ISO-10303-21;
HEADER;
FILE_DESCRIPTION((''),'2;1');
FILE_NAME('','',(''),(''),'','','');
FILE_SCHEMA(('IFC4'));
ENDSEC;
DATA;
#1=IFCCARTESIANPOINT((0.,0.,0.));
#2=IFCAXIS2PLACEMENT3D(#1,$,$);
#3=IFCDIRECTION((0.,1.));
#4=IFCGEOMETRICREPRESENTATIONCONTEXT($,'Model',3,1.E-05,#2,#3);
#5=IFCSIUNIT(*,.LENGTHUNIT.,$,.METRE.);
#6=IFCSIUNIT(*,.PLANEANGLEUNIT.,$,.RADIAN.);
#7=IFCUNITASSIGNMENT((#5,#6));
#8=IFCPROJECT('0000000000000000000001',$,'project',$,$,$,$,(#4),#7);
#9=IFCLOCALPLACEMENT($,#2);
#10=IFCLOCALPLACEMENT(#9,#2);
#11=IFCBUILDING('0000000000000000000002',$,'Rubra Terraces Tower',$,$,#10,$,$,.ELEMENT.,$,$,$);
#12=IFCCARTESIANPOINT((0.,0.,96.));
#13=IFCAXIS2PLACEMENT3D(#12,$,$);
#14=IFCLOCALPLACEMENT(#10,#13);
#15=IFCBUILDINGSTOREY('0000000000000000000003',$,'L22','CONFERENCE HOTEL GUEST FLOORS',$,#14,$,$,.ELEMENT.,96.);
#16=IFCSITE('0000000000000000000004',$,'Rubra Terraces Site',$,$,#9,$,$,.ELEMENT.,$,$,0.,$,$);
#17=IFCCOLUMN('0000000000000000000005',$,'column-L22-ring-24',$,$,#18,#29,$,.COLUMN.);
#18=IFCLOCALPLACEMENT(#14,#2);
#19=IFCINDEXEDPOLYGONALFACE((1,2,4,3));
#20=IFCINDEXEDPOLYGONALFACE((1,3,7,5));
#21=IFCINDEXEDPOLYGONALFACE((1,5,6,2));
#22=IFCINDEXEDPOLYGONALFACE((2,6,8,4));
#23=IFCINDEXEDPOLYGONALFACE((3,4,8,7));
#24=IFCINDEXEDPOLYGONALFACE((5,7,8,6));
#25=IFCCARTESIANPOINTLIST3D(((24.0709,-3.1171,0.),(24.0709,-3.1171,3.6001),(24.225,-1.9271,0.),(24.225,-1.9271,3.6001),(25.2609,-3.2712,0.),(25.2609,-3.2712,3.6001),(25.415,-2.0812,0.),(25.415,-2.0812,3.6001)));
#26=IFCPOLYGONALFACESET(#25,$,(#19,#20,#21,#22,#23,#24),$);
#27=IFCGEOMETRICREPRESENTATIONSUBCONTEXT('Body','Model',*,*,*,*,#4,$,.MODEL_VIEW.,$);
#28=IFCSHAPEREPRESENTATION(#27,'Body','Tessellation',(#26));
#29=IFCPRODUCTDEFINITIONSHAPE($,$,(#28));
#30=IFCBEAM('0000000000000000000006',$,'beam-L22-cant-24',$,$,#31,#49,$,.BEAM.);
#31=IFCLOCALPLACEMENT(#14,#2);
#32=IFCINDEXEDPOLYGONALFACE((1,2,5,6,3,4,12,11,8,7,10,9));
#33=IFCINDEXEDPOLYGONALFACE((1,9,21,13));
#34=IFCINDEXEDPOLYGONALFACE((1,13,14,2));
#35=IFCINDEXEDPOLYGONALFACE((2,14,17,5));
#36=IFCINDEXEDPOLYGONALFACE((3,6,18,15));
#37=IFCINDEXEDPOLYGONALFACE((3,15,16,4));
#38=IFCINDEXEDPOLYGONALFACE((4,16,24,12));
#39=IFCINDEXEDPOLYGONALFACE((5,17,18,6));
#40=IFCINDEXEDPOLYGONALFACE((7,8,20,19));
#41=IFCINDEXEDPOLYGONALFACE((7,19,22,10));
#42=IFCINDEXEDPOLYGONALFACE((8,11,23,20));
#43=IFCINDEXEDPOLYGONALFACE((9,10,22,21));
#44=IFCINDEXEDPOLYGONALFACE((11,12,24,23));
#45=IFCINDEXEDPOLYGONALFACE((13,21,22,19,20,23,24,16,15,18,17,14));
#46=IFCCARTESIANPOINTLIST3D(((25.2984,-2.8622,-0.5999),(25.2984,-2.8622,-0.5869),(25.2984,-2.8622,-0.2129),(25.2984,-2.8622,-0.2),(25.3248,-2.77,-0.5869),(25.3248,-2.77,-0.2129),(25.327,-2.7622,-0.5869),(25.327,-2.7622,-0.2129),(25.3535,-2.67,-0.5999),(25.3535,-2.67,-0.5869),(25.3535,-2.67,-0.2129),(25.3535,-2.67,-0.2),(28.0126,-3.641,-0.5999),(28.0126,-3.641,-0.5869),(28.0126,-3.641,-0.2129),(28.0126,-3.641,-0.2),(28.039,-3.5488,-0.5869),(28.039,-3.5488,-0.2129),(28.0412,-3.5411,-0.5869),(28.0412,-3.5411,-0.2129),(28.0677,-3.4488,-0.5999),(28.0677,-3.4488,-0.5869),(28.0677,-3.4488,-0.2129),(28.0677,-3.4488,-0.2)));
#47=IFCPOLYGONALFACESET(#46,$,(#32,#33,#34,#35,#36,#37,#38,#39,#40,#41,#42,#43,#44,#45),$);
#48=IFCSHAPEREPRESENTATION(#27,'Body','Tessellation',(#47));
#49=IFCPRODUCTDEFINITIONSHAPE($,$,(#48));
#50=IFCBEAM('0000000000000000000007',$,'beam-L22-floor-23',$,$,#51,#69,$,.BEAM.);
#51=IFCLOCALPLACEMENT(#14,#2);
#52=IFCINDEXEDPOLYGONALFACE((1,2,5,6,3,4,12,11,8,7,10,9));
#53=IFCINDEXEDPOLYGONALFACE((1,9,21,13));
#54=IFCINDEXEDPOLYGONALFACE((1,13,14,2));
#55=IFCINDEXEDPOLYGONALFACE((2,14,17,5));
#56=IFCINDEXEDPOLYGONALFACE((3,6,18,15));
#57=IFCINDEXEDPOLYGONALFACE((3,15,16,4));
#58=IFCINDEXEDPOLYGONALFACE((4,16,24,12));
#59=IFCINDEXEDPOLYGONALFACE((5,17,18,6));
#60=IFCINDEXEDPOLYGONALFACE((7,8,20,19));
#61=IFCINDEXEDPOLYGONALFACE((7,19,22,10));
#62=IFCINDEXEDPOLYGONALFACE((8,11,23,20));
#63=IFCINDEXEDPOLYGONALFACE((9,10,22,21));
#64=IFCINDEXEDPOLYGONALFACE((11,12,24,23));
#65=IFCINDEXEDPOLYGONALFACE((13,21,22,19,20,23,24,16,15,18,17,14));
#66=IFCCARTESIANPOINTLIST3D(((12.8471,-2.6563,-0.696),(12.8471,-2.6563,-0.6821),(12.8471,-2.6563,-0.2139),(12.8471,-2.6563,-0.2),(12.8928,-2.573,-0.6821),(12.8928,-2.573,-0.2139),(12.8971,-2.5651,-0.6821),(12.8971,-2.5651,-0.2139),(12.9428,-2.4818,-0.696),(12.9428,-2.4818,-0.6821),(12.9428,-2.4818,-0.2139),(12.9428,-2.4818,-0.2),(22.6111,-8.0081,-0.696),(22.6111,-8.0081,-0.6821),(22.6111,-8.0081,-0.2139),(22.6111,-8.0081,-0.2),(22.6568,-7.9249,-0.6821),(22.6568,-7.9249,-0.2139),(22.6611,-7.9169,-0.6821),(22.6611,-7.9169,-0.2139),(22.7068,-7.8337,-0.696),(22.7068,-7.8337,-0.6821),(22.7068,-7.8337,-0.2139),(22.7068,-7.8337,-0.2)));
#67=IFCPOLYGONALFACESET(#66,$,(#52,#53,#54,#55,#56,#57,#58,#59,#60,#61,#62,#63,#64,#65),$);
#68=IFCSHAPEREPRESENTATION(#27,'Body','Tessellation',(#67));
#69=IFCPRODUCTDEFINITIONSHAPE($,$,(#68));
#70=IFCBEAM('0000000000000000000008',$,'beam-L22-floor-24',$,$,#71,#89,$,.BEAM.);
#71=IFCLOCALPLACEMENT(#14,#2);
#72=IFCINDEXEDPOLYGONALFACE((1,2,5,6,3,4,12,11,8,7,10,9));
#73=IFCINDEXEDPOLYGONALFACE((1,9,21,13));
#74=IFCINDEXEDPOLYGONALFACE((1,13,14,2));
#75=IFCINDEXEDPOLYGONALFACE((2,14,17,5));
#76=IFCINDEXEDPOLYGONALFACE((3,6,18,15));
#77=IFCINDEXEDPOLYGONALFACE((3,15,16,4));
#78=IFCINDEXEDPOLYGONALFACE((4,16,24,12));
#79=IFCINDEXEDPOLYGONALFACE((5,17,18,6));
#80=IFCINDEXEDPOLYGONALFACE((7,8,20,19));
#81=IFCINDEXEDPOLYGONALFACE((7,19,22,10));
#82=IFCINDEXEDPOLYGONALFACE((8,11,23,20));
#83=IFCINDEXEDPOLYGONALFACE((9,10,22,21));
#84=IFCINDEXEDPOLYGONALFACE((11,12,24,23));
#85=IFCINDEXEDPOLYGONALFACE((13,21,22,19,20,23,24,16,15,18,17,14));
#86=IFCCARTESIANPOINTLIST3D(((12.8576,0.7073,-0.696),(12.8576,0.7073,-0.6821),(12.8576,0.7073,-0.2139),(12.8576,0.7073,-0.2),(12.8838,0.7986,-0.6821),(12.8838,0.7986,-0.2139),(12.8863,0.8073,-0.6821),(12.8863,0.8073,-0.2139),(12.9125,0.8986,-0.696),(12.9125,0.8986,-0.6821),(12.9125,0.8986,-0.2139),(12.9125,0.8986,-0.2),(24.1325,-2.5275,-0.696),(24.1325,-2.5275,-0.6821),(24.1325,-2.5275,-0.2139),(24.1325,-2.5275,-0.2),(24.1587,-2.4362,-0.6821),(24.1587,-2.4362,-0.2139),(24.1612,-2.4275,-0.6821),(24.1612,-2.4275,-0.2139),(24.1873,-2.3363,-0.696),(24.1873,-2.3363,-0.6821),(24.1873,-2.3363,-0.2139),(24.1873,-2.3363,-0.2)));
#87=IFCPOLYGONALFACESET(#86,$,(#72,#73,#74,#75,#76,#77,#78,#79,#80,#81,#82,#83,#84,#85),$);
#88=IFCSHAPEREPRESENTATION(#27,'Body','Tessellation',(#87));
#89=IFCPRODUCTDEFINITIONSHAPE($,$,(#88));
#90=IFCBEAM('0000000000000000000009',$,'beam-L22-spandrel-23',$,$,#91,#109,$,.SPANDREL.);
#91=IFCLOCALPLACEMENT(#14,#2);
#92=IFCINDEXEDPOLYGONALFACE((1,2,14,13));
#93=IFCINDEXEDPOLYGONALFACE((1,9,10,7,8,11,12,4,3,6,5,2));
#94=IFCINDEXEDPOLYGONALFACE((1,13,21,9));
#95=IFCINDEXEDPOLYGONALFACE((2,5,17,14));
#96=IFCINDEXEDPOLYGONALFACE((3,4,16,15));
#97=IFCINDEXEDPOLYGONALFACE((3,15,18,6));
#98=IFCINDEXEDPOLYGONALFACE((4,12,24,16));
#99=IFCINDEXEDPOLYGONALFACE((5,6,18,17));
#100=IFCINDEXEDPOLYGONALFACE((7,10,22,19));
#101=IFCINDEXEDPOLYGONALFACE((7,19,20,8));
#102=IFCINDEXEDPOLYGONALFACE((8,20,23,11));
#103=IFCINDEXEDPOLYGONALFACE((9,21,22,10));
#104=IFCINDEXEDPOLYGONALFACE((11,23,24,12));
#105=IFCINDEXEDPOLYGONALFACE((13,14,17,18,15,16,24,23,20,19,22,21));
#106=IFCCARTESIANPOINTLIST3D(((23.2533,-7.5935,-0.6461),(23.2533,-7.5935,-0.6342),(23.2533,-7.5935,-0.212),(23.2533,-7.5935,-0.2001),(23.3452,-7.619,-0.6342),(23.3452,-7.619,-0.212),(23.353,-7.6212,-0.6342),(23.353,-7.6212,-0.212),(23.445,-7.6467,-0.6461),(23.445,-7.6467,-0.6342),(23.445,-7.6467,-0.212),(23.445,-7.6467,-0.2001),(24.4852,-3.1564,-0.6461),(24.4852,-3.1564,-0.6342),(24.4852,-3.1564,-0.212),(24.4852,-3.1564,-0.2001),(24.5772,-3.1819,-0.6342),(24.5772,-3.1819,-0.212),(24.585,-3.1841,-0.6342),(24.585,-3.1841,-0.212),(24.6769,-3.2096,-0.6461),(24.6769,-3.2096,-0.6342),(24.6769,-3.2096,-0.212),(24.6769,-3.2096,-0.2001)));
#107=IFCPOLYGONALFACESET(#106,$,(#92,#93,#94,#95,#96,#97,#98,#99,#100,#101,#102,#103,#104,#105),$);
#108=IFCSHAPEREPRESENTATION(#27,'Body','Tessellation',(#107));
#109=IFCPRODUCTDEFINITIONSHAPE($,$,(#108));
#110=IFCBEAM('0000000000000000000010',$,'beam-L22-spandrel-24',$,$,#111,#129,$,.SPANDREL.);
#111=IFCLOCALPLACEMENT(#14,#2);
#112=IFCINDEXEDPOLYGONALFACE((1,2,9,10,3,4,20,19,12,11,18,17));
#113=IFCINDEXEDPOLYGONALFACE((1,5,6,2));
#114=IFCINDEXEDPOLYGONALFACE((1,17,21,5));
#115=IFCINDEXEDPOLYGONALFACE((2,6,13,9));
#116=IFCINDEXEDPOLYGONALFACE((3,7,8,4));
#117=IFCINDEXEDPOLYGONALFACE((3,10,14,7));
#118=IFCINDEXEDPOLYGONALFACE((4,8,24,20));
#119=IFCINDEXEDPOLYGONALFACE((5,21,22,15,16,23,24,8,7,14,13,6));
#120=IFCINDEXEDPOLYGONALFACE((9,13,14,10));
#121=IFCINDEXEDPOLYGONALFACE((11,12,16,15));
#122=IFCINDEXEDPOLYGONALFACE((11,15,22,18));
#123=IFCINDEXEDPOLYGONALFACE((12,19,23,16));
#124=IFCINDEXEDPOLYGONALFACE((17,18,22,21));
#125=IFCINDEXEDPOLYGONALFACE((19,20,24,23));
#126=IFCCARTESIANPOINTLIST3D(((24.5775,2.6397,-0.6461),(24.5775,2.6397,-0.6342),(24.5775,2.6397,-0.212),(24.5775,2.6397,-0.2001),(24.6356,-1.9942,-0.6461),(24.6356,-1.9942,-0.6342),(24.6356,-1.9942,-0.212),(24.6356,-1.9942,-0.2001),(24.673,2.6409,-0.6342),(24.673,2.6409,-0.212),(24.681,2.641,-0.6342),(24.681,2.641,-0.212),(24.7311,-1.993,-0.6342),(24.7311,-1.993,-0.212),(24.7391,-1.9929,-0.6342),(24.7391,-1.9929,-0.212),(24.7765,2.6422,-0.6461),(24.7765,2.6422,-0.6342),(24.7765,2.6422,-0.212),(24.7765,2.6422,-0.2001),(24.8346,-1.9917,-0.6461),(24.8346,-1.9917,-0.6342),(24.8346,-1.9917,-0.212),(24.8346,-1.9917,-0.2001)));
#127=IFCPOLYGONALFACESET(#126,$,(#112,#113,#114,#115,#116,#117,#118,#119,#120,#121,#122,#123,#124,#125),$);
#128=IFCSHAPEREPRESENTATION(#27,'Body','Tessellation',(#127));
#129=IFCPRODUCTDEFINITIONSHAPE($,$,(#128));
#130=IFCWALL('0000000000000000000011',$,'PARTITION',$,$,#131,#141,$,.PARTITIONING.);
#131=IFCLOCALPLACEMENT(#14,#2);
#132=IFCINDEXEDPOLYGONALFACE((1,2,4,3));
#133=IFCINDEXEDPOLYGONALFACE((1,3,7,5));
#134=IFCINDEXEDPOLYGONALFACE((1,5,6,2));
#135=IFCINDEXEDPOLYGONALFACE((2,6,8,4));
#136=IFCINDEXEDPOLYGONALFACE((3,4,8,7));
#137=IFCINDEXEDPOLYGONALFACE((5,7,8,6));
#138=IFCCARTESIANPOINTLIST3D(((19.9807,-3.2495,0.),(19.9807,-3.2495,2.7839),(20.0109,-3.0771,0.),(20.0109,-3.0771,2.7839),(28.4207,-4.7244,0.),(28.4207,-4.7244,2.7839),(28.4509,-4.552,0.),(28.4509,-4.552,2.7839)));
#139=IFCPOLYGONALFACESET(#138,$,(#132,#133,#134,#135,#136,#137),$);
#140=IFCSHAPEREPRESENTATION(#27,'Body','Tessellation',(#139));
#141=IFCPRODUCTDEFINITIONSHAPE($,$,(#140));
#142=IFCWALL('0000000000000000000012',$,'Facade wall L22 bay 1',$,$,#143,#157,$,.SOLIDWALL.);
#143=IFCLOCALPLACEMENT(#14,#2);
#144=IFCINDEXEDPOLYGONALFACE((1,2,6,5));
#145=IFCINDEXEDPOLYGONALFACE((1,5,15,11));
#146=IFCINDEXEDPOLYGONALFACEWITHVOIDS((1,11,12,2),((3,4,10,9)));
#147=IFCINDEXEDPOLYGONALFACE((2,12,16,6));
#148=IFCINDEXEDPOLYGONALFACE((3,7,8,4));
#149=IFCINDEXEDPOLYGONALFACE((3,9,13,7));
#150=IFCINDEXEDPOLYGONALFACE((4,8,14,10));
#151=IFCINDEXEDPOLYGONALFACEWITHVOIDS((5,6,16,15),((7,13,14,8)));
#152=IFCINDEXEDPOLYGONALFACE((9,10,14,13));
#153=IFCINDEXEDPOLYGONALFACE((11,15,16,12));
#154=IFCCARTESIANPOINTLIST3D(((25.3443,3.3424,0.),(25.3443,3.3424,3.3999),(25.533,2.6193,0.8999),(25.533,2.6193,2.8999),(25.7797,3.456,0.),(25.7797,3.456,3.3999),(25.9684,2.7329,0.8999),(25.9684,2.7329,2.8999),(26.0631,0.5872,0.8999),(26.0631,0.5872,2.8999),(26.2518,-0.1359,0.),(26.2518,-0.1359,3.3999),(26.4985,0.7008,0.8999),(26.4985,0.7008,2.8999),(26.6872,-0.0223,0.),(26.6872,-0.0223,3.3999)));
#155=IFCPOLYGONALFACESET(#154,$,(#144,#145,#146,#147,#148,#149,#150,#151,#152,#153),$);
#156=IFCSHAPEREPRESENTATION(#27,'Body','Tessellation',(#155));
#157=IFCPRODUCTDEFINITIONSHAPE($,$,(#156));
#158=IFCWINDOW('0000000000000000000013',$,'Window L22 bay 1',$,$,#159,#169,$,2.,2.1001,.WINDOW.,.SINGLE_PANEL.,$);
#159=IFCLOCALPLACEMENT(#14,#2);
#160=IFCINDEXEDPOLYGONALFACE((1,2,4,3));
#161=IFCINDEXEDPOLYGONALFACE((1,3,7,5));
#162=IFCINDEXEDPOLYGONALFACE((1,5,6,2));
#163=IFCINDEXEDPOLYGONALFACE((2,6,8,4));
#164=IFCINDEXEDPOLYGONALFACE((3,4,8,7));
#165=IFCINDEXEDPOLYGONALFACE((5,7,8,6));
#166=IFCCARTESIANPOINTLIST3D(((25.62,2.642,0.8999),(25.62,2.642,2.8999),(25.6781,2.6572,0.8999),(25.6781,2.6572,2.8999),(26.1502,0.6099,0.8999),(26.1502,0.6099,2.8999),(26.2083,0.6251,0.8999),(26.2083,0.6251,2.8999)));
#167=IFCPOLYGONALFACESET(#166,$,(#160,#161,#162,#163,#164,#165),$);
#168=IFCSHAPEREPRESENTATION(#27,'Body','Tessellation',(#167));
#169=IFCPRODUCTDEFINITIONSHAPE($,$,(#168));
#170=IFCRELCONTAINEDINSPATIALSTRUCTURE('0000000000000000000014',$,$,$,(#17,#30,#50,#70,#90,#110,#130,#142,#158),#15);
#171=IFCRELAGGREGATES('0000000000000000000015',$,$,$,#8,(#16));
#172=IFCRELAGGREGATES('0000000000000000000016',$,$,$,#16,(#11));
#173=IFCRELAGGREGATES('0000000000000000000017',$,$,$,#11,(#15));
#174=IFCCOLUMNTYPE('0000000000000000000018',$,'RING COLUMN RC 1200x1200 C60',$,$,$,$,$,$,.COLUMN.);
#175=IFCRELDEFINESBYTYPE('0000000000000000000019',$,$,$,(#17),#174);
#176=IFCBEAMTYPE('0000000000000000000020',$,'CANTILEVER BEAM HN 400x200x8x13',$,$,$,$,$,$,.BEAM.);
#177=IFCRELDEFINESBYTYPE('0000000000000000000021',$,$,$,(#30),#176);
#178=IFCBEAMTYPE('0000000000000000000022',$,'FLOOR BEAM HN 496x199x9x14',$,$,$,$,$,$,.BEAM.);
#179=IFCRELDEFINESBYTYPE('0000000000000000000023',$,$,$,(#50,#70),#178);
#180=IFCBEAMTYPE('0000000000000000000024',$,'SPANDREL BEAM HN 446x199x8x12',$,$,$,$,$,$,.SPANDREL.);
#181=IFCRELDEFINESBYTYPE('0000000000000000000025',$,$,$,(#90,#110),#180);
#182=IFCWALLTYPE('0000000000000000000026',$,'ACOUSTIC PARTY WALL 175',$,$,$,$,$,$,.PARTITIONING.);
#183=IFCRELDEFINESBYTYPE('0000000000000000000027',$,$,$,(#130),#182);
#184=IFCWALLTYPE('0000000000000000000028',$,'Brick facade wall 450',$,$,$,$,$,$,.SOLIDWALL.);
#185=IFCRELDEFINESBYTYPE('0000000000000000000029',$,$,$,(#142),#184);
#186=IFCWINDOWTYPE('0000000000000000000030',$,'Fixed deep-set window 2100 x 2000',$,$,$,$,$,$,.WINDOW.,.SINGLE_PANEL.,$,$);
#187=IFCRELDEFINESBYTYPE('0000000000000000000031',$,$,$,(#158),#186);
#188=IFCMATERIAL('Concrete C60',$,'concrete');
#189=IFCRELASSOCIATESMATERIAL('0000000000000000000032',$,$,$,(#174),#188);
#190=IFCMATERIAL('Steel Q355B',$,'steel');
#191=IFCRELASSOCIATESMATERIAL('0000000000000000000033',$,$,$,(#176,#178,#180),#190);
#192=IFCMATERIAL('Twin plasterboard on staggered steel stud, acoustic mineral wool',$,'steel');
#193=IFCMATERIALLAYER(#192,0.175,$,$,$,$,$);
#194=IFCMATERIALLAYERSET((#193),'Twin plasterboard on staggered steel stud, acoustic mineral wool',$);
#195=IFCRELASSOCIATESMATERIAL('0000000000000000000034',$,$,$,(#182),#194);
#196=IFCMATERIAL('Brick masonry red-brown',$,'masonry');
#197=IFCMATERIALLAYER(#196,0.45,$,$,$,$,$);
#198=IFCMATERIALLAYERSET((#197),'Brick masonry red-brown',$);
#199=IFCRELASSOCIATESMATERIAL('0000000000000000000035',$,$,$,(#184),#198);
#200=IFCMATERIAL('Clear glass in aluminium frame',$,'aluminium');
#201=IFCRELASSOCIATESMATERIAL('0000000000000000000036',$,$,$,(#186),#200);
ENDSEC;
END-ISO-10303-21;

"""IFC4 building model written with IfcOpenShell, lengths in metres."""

from ifc_helpers import new_model, si_unit, direction, frame, frame_2d, origin, origin_2d, place, context, subcontext, project, spatial, rectangle, i_section, extrude, material, layer, layer_set, material_profile, profile_set, type_object, element, fill, save


model = new_model("IFC4")

# Units and contexts
model_context = context("Model", 3, precision=1e-05, world=origin(), true_north=direction((0.0, 1.0)))
body_context = subcontext(model_context, "Body", "Model", "MODEL_VIEW")
ifc_project = project(units=[si_unit("LENGTHUNIT", "METRE"), si_unit("PLANEANGLEUNIT", "RADIAN")], contexts=[model_context])

# Site, building, storey
site_placement = place(None, origin())
site = spatial("IfcSite", under=ifc_project, at=site_placement, Name="Rubra Terraces Site", CompositionType="ELEMENT", RefElevation=0.0)
building_placement = place(site_placement, origin())
building = spatial("IfcBuilding", under=site, at=building_placement, Name="Rubra Terraces Tower", CompositionType="ELEMENT")
storey_placement = place(building_placement, frame((0.0, 0.0, 96.0)))
storey = spatial("IfcBuildingStorey", under=building, at=storey_placement, Name="L22", Description="CONFERENCE HOTEL GUEST FLOORS", CompositionType="ELEMENT", Elevation=96.0)

# Column
ifc_material_1 = material(Name="Concrete C60", Category="concrete")
ifc_material_profile_1 = material_profile(ifc_material_1, rectangle(XDim=1.2, YDim=1.2, at=origin_2d()), Name="RC 1200x1200")
ifc_profile_set_1 = profile_set([ifc_material_profile_1], Name="Concrete C60")
column_type = type_object("IfcColumnType", Name="RING COLUMN RC 1200x1200 C60", PredefinedType="COLUMN", material=ifc_profile_set_1)
column_placement = place(storey_placement, frame((24.7429, -2.5991, 0.0), z_axis=(0.0, 0.0, 1.0), x_axis=(0.128444, 0.991717, 0.0)))
element("IfcColumn", 1, at=column_placement, inside=storey, type_object=column_type, Name="column-L22-ring-24", PredefinedType="COLUMN", context=body_context, shape_type="SweptSolid", body=[
    extrude(rectangle(XDim=1.2, YDim=1.2, at=origin_2d()), origin(), (0.0, 0.0, 1.0), 3.6001),
])

# Beams
ifc_material_2 = material(Name="Steel Q355B", Category="steel")
ifc_material_profile_2 = material_profile(ifc_material_2, i_section(OverallWidth=0.2, OverallDepth=0.3999, WebThickness=0.0081, FlangeThickness=0.0129, at=origin_2d()), Name="HN 400x200x8x13")
ifc_profile_set_2 = profile_set([ifc_material_profile_2], Name="Steel Q355B")
beam_type_1 = type_object("IfcBeamType", Name="CANTILEVER BEAM HN 400x200x8x13", PredefinedType="BEAM", material=ifc_profile_set_2)
beam_1_placement = place(storey_placement, frame((25.3259, -2.7661, -0.3999), z_axis=(0.96121, -0.275817, 0.0), x_axis=(0.275817, 0.96121, 0.0)))
element("IfcBeam", 2, at=beam_1_placement, inside=storey, type_object=beam_type_1, Name="beam-L22-cant-24", PredefinedType="BEAM", context=body_context, shape_type="SweptSolid", body=[
    extrude(i_section(OverallWidth=0.2, OverallDepth=0.3999, WebThickness=0.0081, FlangeThickness=0.0129, at=origin_2d()), origin(), (0.0, 0.0, 1.0), 2.8237),
])
ifc_material_profile_3 = material_profile(ifc_material_2, i_section(OverallWidth=0.199, OverallDepth=0.4961, WebThickness=0.009, FlangeThickness=0.0139, at=origin_2d()), Name="HN 496x199x9x14")
ifc_profile_set_3 = profile_set([ifc_material_profile_3], Name="Steel Q355B")
beam_type_2 = type_object("IfcBeamType", Name="FLOOR BEAM HN 496x199x9x14", PredefinedType="BEAM", material=ifc_profile_set_3)
beam_2_placement = place(storey_placement, frame((22.6589, -7.9209, -0.448), z_axis=(-0.876911, 0.480653, 0.0), x_axis=(-0.480653, -0.876911, 0.0)))
element("IfcBeam", 3, at=beam_2_placement, inside=storey, type_object=beam_type_2, Name="beam-L22-floor-23", PredefinedType="BEAM", context=body_context, shape_type="SweptSolid", body=[
    extrude(i_section(OverallWidth=0.199, OverallDepth=0.4961, WebThickness=0.009, FlangeThickness=0.0139, at=origin_2d()), origin(), (0.0, 0.0, 1.0), 11.1345),
])
beam_3_placement = place(storey_placement, frame((24.1599, -2.4319, -0.448), z_axis=(-0.96122, 0.275782, 0.0), x_axis=(-0.275782, -0.96122, 0.0)))
element("IfcBeam", 4, at=beam_3_placement, inside=storey, type_object=beam_type_2, Name="beam-L22-floor-24", PredefinedType="BEAM", context=body_context, shape_type="SweptSolid", body=[
    extrude(i_section(OverallWidth=0.199, OverallDepth=0.4961, WebThickness=0.009, FlangeThickness=0.0139, at=origin_2d()), origin(), (0.0, 0.0, 1.0), 11.7297),
])
ifc_material_profile_4 = material_profile(ifc_material_2, i_section(OverallWidth=0.199, OverallDepth=0.446, WebThickness=0.0081, FlangeThickness=0.012, at=origin_2d()), Name="HN 446x199x8x12")
ifc_profile_set_4 = profile_set([ifc_material_profile_4], Name="Steel Q355B")
beam_type_3 = type_object("IfcBeamType", Name="SPANDREL BEAM HN 446x199x8x12", PredefinedType="SPANDREL", material=ifc_profile_set_4)
beam_4_placement = place(storey_placement, frame((23.3491, -7.6201, -0.4231), z_axis=(0.267529, 0.96355, 0.0), x_axis=(-0.96355, 0.267529, 0.0)))
element("IfcBeam", 5, at=beam_4_placement, inside=storey, type_object=beam_type_3, Name="beam-L22-spandrel-23", PredefinedType="SPANDREL", context=body_context, shape_type="SweptSolid", body=[
    extrude(i_section(OverallWidth=0.199, OverallDepth=0.446, WebThickness=0.0081, FlangeThickness=0.012, at=origin_2d()), origin(), (0.0, 0.0, 1.0), 4.605),
])
beam_5_placement = place(storey_placement, frame((24.7351, -1.9929, -0.4231), z_axis=(-0.012538, 0.999921, 0.0), x_axis=(-0.999921, -0.012538, 0.0)))
element("IfcBeam", 6, at=beam_5_placement, inside=storey, type_object=beam_type_3, Name="beam-L22-spandrel-24", PredefinedType="SPANDREL", context=body_context, shape_type="SweptSolid", body=[
    extrude(i_section(OverallWidth=0.199, OverallDepth=0.446, WebThickness=0.0081, FlangeThickness=0.012, at=origin_2d()), origin(), (0.0, 0.0, 1.0), 4.6343),
])

# Wall
ifc_material_3 = material(Name="Twin plasterboard on staggered steel stud, acoustic mineral wool", Category="steel")
ifc_layer_1 = layer(ifc_material_3, 0.175)
ifc_layer_set_1 = layer_set([ifc_layer_1], Name="Twin plasterboard on staggered steel stud, acoustic mineral wool")
wall_type_1 = type_object("IfcWallType", Name="ACOUSTIC PARTY WALL 175", PredefinedType="PARTITIONING", material=ifc_layer_set_1)
wall_1_placement = place(storey_placement, frame((28.4358, -4.6382, 0.0), z_axis=(0.0, 0.0, 1.0), x_axis=(-0.985073, 0.172138, 0.0)))
element("IfcWall", 7, at=wall_1_placement, inside=storey, type_object=wall_type_1, Name="PARTITION", PredefinedType="PARTITIONING", context=body_context, shape_type="SweptSolid", body=[
    extrude(rectangle(XDim=8.5679, YDim=0.175, at=frame_2d((4.2839, 0.0))), origin(), (0.0, 0.0, 1.0), 2.7839),
])

# Wall, opening, window
ifc_material_4 = material(Name="Brick masonry red-brown", Category="masonry")
ifc_layer_2 = layer(ifc_material_4, 0.45)
ifc_layer_set_2 = layer_set([ifc_layer_2], Name="Brick masonry red-brown")
wall_type_2 = type_object("IfcWallType", Name="Brick facade wall 450", PredefinedType="SOLIDWALL", material=ifc_layer_set_2)
wall_2_placement = place(storey_placement, frame((26.4695, -0.0791, 0.0), z_axis=(0.0, 0.0, 1.0), x_axis=(-0.252447, 0.967611, 0.0)))
wall_2 = element("IfcWall", 8, at=wall_2_placement, inside=storey, type_object=wall_type_2, Name="Facade wall L22 bay 1", PredefinedType="SOLIDWALL", context=body_context, shape_type="SweptSolid", body=[
    extrude(rectangle(XDim=3.5947, YDim=0.45, at=frame_2d((1.7974, 0.0))), origin(), (0.0, 0.0, 1.0), 3.3999),
])
opening_1_placement = place(wall_2_placement, frame((0.7473, 0.0, 0.8999)))
opening_1 = element("IfcOpeningElement", 9, at=opening_1_placement, cuts=wall_2, PredefinedType="OPENING", context=body_context, shape_type="SweptSolid", body=[
    extrude(rectangle(XDim=2.1001, YDim=2.0, at=frame_2d((1.05, 1.0))), frame((0.0, 0.2349, 0.0), z_axis=(0.0, -1.0, 0.0), x_axis=(1.0, 0.0, 0.0)), (0.0, 0.0, 1.0), 0.47),
])
ifc_material_5 = material(Name="Clear glass in aluminium frame", Category="aluminium")
window_type = type_object("IfcWindowType", Name="Fixed deep-set window 2100 x 2000", PartitioningType="SINGLE_PANEL", PredefinedType="WINDOW", material=ifc_material_5)
window_1_placement = place(opening_1_placement, origin())
window_1 = element("IfcWindow", 10, at=window_1_placement, inside=storey, type_object=window_type, Name="Window L22 bay 1", OverallHeight=2.0, OverallWidth=2.1001, PartitioningType="SINGLE_PANEL", PredefinedType="WINDOW", context=body_context, shape_type="SweptSolid", body=[
    extrude(rectangle(XDim=2.1001, YDim=2.0, at=frame_2d((1.05, 1.0))), frame((0.0, 0.135, 0.0), z_axis=(0.0, -1.0, 0.0), x_axis=(1.0, 0.0, 0.0)), (0.0, 0.0, 1.0), 0.0601),
])
fill(opening_1, window_1)

save(model, "model.ifc")
